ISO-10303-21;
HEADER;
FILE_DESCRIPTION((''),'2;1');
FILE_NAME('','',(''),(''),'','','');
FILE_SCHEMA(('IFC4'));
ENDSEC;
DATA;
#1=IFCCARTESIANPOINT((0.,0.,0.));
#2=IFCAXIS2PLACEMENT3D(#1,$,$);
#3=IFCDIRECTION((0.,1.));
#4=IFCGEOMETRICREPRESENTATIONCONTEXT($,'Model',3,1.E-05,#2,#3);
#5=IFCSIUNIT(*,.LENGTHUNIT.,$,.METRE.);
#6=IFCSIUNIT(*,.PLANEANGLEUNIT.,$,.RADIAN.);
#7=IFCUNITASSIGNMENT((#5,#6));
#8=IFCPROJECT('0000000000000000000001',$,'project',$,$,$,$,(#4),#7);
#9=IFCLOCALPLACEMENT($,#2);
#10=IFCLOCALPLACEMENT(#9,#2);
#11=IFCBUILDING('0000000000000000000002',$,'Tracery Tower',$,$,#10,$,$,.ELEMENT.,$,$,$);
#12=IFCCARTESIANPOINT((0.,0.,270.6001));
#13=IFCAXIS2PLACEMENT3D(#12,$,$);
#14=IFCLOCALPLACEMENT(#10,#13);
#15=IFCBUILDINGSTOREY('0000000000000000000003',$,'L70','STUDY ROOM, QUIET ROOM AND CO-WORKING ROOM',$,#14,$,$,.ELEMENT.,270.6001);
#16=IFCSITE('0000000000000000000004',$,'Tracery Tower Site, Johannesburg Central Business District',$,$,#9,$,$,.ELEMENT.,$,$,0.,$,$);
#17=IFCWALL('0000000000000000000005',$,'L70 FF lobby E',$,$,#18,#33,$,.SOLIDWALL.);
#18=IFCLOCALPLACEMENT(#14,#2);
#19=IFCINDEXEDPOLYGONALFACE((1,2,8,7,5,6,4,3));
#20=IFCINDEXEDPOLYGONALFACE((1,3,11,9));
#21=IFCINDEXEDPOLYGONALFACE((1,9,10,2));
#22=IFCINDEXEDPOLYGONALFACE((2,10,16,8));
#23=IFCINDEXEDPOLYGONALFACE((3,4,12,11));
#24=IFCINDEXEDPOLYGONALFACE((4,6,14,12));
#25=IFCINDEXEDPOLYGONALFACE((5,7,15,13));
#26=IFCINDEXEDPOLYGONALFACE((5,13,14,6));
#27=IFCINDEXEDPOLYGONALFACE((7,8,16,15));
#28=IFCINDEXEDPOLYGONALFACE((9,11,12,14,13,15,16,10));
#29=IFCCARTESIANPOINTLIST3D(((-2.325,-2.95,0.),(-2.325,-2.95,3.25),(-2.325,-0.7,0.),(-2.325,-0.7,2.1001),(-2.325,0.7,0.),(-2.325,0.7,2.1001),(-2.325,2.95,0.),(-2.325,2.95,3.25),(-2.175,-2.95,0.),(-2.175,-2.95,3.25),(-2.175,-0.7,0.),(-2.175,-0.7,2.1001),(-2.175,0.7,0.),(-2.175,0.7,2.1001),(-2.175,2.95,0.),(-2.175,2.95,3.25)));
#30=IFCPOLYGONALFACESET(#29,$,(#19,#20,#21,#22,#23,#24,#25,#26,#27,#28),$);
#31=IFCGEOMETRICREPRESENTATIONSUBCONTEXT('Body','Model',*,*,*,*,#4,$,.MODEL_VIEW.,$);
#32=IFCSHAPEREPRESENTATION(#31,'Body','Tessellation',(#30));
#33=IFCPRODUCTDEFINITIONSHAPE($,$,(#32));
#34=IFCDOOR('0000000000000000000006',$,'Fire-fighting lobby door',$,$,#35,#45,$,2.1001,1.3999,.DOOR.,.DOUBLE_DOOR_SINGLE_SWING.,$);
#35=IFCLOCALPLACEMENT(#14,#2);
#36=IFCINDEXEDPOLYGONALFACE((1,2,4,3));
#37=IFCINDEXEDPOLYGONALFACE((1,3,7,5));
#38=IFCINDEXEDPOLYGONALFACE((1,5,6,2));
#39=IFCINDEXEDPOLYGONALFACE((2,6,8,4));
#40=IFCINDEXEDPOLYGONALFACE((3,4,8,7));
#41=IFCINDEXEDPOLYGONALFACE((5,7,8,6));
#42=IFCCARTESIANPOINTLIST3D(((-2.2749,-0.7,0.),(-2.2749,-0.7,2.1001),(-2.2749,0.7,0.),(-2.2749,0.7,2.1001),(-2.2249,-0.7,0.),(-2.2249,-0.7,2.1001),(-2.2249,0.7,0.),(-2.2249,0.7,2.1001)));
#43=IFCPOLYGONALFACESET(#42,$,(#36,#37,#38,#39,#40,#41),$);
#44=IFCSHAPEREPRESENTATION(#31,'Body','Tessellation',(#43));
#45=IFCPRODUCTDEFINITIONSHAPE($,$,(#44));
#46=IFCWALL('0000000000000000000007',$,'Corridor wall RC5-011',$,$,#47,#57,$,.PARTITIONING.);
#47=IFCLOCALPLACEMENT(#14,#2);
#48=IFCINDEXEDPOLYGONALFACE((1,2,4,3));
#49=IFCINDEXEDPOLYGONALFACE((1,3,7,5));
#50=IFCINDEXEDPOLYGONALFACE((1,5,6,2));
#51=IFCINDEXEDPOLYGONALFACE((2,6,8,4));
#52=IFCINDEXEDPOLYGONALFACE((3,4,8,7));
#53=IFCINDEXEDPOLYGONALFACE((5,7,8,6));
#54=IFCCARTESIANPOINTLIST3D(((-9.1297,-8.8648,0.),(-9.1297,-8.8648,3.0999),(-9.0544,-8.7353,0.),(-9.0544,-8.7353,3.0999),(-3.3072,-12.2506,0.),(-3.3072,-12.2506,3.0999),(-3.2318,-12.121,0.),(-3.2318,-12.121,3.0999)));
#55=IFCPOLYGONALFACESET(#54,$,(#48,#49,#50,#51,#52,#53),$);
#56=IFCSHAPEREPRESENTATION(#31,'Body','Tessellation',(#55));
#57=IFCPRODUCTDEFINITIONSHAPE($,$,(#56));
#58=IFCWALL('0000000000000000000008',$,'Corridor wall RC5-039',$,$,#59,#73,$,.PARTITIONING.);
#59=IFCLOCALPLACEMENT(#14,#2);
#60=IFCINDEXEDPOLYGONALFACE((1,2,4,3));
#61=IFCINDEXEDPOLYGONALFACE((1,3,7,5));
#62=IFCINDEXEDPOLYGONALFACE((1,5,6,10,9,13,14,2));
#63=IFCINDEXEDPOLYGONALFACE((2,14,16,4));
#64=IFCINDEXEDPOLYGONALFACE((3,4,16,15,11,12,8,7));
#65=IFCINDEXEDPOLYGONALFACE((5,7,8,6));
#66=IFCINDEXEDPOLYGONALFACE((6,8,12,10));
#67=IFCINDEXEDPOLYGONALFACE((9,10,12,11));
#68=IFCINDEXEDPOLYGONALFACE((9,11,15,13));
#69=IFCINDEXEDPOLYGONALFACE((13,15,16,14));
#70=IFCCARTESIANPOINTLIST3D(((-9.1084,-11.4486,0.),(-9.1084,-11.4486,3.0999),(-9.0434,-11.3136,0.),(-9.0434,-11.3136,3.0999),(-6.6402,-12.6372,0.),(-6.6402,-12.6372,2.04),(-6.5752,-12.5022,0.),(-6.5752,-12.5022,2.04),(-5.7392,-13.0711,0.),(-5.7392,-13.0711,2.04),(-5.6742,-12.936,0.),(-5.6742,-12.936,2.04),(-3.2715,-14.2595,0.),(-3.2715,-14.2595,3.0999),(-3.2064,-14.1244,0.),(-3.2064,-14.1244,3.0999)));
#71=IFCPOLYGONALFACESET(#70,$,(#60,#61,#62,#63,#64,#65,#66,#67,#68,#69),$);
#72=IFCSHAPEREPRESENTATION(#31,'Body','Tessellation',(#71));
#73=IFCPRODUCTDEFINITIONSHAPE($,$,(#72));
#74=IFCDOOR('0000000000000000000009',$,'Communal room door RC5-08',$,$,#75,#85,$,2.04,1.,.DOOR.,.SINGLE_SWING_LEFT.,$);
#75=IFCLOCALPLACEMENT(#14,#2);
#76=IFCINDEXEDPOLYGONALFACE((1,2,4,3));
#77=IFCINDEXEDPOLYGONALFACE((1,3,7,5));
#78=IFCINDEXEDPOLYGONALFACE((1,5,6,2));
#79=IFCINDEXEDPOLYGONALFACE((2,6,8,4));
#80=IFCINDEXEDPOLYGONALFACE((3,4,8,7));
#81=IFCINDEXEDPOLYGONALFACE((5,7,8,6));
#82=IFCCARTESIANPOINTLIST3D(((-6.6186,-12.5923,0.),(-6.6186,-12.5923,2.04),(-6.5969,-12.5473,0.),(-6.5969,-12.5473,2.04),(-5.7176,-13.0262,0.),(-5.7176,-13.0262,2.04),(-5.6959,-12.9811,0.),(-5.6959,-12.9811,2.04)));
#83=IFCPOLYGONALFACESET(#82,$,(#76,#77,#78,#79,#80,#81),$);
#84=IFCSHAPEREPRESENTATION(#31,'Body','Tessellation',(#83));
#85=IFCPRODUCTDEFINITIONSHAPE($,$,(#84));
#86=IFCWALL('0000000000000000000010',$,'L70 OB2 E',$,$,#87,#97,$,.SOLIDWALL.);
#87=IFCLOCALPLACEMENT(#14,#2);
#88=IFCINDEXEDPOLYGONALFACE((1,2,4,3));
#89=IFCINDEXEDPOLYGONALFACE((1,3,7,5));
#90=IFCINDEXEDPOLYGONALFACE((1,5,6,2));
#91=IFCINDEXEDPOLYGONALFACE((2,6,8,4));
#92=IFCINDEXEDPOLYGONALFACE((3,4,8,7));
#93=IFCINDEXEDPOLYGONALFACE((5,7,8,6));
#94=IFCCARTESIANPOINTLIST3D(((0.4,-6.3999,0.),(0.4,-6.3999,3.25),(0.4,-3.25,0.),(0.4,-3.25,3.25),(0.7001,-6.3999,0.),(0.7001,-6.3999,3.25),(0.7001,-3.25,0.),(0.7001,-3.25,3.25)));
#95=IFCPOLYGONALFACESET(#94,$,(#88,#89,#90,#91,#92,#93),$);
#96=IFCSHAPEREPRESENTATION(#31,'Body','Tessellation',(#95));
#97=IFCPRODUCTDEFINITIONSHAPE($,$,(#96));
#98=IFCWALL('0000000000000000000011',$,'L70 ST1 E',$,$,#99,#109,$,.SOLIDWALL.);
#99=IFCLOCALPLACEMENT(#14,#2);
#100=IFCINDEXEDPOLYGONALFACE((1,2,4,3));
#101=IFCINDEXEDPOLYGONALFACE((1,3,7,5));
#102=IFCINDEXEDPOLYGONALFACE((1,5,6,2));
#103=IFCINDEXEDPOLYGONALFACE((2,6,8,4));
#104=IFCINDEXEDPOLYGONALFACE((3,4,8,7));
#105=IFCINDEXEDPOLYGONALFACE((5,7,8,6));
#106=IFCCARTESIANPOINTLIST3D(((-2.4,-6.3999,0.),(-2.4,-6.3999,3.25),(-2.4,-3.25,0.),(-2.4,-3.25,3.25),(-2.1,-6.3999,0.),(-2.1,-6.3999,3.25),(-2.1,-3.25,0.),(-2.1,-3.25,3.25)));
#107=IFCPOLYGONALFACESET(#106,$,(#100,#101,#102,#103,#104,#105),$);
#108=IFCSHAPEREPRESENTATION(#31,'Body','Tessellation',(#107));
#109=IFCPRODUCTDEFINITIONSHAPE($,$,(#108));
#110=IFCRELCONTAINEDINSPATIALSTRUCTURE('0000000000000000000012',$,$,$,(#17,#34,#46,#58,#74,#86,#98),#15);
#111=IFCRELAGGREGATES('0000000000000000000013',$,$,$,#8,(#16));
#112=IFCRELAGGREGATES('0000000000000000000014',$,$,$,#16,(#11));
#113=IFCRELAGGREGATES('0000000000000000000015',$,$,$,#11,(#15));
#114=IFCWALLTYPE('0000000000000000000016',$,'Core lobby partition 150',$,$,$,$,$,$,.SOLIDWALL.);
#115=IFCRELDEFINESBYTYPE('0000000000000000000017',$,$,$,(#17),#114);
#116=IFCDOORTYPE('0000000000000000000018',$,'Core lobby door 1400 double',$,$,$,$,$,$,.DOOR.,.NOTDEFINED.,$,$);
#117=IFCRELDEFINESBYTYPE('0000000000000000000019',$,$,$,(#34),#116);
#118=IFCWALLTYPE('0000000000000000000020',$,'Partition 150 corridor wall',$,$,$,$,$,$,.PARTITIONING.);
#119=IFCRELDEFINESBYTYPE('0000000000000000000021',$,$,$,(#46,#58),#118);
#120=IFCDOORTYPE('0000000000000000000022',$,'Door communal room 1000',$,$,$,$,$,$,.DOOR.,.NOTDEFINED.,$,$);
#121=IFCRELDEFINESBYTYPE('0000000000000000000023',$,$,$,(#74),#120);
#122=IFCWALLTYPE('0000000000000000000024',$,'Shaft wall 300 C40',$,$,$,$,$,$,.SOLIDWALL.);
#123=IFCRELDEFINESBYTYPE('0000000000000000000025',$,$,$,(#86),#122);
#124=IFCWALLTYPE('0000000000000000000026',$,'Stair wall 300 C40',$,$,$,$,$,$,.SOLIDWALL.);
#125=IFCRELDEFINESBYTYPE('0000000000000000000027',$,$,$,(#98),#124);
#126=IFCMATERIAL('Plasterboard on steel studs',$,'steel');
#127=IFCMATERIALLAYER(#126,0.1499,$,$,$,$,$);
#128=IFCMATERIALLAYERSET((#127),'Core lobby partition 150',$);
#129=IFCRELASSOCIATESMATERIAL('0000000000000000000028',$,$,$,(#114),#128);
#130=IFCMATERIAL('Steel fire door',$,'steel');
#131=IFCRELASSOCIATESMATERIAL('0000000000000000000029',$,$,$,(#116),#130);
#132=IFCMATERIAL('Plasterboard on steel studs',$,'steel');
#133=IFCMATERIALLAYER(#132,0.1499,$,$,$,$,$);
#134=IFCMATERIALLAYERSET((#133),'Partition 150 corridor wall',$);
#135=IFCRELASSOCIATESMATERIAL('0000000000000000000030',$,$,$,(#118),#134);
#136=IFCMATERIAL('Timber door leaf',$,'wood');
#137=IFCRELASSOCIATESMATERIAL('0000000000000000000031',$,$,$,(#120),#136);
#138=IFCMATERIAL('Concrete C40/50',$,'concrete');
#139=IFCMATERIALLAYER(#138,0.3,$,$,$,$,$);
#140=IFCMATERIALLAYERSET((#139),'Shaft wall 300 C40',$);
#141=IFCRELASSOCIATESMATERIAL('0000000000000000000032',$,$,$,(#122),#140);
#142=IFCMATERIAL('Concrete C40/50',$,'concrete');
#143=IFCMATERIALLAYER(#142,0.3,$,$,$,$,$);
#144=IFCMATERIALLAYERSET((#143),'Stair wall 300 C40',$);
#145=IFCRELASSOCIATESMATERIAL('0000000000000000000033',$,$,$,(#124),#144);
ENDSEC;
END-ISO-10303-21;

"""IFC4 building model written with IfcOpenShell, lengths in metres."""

from ifc_helpers import new_model, si_unit, direction, frame, frame_2d, origin, place, context, subcontext, project, spatial, rectangle, extrude, material, layer, layer_set, type_object, element, fill, save


model = new_model("IFC4")

# Units and contexts
model_context = context("Model", 3, precision=1e-05, world=origin(), true_north=direction((0.0, 1.0)))
body_context = subcontext(model_context, "Body", "Model", "MODEL_VIEW")
ifc_project = project(units=[si_unit("LENGTHUNIT", "METRE"), si_unit("PLANEANGLEUNIT", "RADIAN")], contexts=[model_context])

# Site, building, storey
site_placement = place(None, origin())
site = spatial("IfcSite", under=ifc_project, at=site_placement, Name="Tracery Tower Site, Johannesburg Central Business District", CompositionType="ELEMENT", RefElevation=0.0)
building_placement = place(site_placement, origin())
building = spatial("IfcBuilding", under=site, at=building_placement, Name="Tracery Tower", CompositionType="ELEMENT")
storey_placement = place(building_placement, frame((0.0, 0.0, 270.6001)))
storey = spatial("IfcBuildingStorey", under=building, at=storey_placement, Name="L70", Description="STUDY ROOM, QUIET ROOM AND CO-WORKING ROOM", CompositionType="ELEMENT", Elevation=270.6001)

# Wall, opening, door
ifc_material_1 = material(Name="Plasterboard on steel studs", Category="steel")
ifc_layer_1 = layer(ifc_material_1, 0.1499)
ifc_layer_set_1 = layer_set([ifc_layer_1], Name="Core lobby partition 150")
wall_type_1 = type_object("IfcWallType", Name="Core lobby partition 150", PredefinedType="SOLIDWALL", material=ifc_layer_set_1)
wall_1_placement = place(storey_placement, frame((-2.25, -2.95, 0.0), z_axis=(0.0, 0.0, 1.0), x_axis=(0.0, 1.0, 0.0)))
wall_1 = element("IfcWall", 1, at=wall_1_placement, inside=storey, type_object=wall_type_1, Name="L70 FF lobby E", PredefinedType="SOLIDWALL", context=body_context, shape_type="SweptSolid", body=[
    extrude(rectangle(XDim=5.8999, YDim=0.1499, at=frame_2d((2.95, 0.0))), origin(), (0.0, 0.0, 1.0), 3.25),
])
opening_1_placement = place(wall_1_placement, frame((2.25, 0.0, 0.0)))
opening_1 = element("IfcOpeningElement", 2, at=opening_1_placement, cuts=wall_1, PredefinedType="OPENING", context=body_context, shape_type="SweptSolid", body=[
    extrude(rectangle(XDim=1.3999, YDim=2.1001, at=frame_2d((0.7, 1.05))), frame((0.0, 0.075, 0.0), z_axis=(0.0, -1.0, 0.0), x_axis=(1.0, 0.0, 0.0)), (0.0, 0.0, 1.0), 0.1499),
])
ifc_material_2 = material(Name="Steel fire door", Category="steel")
door_type_1 = type_object("IfcDoorType", Name="Core lobby door 1400 double", OperationType="NOTDEFINED", PredefinedType="DOOR", material=ifc_material_2)
door_1_placement = place(opening_1_placement, origin())
door_1 = element("IfcDoor", 3, at=door_1_placement, inside=storey, type_object=door_type_1, Name="Fire-fighting lobby door", OperationType="DOUBLE_DOOR_SINGLE_SWING", OverallHeight=2.1001, OverallWidth=1.3999, PredefinedType="DOOR", context=body_context, shape_type="SweptSolid", body=[
    extrude(rectangle(XDim=1.3999, YDim=2.1001, at=frame_2d((0.7, 1.05))), frame((0.0, 0.0249, 0.0), z_axis=(0.0, -1.0, 0.0), x_axis=(1.0, 0.0, 0.0)), (0.0, 0.0, 1.0), 0.05),
])
fill(opening_1, door_1)

# Wall
ifc_material_3 = material(Name="Plasterboard on steel studs", Category="steel")
ifc_layer_2 = layer(ifc_material_3, 0.1499)
ifc_layer_set_2 = layer_set([ifc_layer_2], Name="Partition 150 corridor wall")
wall_type_2 = type_object("IfcWallType", Name="Partition 150 corridor wall", PredefinedType="PARTITIONING", material=ifc_layer_set_2)
wall_2_placement = place(storey_placement, frame((-9.092, -8.8, 0.0), z_axis=(0.0, 0.0, 1.0), x_axis=(0.864471, -0.502683, 0.0)))
element("IfcWall", 4, at=wall_2_placement, inside=storey, type_object=wall_type_2, Name="Corridor wall RC5-011", PredefinedType="PARTITIONING", context=body_context, shape_type="SweptSolid", body=[
    extrude(rectangle(XDim=6.7354, YDim=0.1499, at=frame_2d((3.3677, 0.0))), origin(), (0.0, 0.0, 1.0), 3.0999),
])

# Wall, opening, door
wall_3_placement = place(storey_placement, frame((-9.0759, -11.3811, 0.0), z_axis=(0.0, 0.0, 1.0), x_axis=(0.900976, -0.433869, 0.0)))
wall_3 = element("IfcWall", 5, at=wall_3_placement, inside=storey, type_object=wall_type_2, Name="Corridor wall RC5-039", PredefinedType="PARTITIONING", context=body_context, shape_type="SweptSolid", body=[
    extrude(rectangle(XDim=6.4785, YDim=0.1499, at=frame_2d((3.2393, 0.0))), origin(), (0.0, 0.0, 1.0), 3.0999),
])
opening_2_placement = place(wall_3_placement, frame((2.7395, 0.0, 0.0)))
opening_2 = element("IfcOpeningElement", 6, at=opening_2_placement, cuts=wall_3, PredefinedType="OPENING", context=body_context, shape_type="SweptSolid", body=[
    extrude(rectangle(XDim=1.0, YDim=2.04, at=frame_2d((0.5, 1.02))), frame((0.0, 0.075, 0.0), z_axis=(0.0, -1.0, 0.0), x_axis=(1.0, 0.0, 0.0)), (0.0, 0.0, 1.0), 0.1499),
])
ifc_material_4 = material(Name="Timber door leaf", Category="wood")
door_type_2 = type_object("IfcDoorType", Name="Door communal room 1000", OperationType="NOTDEFINED", PredefinedType="DOOR", material=ifc_material_4)
door_2_placement = place(opening_2_placement, origin())
door_2 = element("IfcDoor", 7, at=door_2_placement, inside=storey, type_object=door_type_2, Name="Communal room door RC5-08", OperationType="SINGLE_SWING_LEFT", OverallHeight=2.04, OverallWidth=1.0, PredefinedType="DOOR", context=body_context, shape_type="SweptSolid", body=[
    extrude(rectangle(XDim=1.0, YDim=2.04, at=frame_2d((0.5, 1.02))), frame((0.0, 0.0249, 0.0), z_axis=(0.0, -1.0, 0.0), x_axis=(1.0, 0.0, 0.0)), (0.0, 0.0, 1.0), 0.05),
])
fill(opening_2, door_2)

# Shared definitions
ifc_material_5 = material(Name="Concrete C40/50", Category="concrete")
ifc_layer_3 = layer(ifc_material_5, 0.3)
ifc_layer_set_3 = layer_set([ifc_layer_3], Name="Shaft wall 300 C40")
wall_type_3 = type_object("IfcWallType", Name="Shaft wall 300 C40", PredefinedType="SOLIDWALL", material=ifc_layer_set_3)

# Wall
wall_4_placement = place(storey_placement, frame((0.55, -6.3999, 0.0), z_axis=(0.0, 0.0, 1.0), x_axis=(0.0, 1.0, 0.0)))
element("IfcWall", 8, at=wall_4_placement, inside=storey, type_object=wall_type_3, Name="L70 OB2 E", PredefinedType="SOLIDWALL", context=body_context, shape_type="SweptSolid", body=[
    extrude(rectangle(XDim=3.1499, YDim=0.3, at=frame_2d((1.575, 0.0))), origin(), (0.0, 0.0, 1.0), 3.25),
])

# Shared definitions
ifc_material_6 = material(Name="Concrete C40/50", Category="concrete")
ifc_layer_4 = layer(ifc_material_6, 0.3)
ifc_layer_set_4 = layer_set([ifc_layer_4], Name="Stair wall 300 C40")
wall_type_4 = type_object("IfcWallType", Name="Stair wall 300 C40", PredefinedType="SOLIDWALL", material=ifc_layer_set_4)

# Wall
wall_5_placement = place(storey_placement, frame((-2.25, -6.3999, 0.0), z_axis=(0.0, 0.0, 1.0), x_axis=(0.0, 1.0, 0.0)))
element("IfcWall", 9, at=wall_5_placement, inside=storey, type_object=wall_type_4, Name="L70 ST1 E", PredefinedType="SOLIDWALL", context=body_context, shape_type="SweptSolid", body=[
    extrude(rectangle(XDim=3.1499, YDim=0.3, at=frame_2d((1.575, 0.0))), origin(), (0.0, 0.0, 1.0), 3.25),
])

save(model, "model.ifc")
